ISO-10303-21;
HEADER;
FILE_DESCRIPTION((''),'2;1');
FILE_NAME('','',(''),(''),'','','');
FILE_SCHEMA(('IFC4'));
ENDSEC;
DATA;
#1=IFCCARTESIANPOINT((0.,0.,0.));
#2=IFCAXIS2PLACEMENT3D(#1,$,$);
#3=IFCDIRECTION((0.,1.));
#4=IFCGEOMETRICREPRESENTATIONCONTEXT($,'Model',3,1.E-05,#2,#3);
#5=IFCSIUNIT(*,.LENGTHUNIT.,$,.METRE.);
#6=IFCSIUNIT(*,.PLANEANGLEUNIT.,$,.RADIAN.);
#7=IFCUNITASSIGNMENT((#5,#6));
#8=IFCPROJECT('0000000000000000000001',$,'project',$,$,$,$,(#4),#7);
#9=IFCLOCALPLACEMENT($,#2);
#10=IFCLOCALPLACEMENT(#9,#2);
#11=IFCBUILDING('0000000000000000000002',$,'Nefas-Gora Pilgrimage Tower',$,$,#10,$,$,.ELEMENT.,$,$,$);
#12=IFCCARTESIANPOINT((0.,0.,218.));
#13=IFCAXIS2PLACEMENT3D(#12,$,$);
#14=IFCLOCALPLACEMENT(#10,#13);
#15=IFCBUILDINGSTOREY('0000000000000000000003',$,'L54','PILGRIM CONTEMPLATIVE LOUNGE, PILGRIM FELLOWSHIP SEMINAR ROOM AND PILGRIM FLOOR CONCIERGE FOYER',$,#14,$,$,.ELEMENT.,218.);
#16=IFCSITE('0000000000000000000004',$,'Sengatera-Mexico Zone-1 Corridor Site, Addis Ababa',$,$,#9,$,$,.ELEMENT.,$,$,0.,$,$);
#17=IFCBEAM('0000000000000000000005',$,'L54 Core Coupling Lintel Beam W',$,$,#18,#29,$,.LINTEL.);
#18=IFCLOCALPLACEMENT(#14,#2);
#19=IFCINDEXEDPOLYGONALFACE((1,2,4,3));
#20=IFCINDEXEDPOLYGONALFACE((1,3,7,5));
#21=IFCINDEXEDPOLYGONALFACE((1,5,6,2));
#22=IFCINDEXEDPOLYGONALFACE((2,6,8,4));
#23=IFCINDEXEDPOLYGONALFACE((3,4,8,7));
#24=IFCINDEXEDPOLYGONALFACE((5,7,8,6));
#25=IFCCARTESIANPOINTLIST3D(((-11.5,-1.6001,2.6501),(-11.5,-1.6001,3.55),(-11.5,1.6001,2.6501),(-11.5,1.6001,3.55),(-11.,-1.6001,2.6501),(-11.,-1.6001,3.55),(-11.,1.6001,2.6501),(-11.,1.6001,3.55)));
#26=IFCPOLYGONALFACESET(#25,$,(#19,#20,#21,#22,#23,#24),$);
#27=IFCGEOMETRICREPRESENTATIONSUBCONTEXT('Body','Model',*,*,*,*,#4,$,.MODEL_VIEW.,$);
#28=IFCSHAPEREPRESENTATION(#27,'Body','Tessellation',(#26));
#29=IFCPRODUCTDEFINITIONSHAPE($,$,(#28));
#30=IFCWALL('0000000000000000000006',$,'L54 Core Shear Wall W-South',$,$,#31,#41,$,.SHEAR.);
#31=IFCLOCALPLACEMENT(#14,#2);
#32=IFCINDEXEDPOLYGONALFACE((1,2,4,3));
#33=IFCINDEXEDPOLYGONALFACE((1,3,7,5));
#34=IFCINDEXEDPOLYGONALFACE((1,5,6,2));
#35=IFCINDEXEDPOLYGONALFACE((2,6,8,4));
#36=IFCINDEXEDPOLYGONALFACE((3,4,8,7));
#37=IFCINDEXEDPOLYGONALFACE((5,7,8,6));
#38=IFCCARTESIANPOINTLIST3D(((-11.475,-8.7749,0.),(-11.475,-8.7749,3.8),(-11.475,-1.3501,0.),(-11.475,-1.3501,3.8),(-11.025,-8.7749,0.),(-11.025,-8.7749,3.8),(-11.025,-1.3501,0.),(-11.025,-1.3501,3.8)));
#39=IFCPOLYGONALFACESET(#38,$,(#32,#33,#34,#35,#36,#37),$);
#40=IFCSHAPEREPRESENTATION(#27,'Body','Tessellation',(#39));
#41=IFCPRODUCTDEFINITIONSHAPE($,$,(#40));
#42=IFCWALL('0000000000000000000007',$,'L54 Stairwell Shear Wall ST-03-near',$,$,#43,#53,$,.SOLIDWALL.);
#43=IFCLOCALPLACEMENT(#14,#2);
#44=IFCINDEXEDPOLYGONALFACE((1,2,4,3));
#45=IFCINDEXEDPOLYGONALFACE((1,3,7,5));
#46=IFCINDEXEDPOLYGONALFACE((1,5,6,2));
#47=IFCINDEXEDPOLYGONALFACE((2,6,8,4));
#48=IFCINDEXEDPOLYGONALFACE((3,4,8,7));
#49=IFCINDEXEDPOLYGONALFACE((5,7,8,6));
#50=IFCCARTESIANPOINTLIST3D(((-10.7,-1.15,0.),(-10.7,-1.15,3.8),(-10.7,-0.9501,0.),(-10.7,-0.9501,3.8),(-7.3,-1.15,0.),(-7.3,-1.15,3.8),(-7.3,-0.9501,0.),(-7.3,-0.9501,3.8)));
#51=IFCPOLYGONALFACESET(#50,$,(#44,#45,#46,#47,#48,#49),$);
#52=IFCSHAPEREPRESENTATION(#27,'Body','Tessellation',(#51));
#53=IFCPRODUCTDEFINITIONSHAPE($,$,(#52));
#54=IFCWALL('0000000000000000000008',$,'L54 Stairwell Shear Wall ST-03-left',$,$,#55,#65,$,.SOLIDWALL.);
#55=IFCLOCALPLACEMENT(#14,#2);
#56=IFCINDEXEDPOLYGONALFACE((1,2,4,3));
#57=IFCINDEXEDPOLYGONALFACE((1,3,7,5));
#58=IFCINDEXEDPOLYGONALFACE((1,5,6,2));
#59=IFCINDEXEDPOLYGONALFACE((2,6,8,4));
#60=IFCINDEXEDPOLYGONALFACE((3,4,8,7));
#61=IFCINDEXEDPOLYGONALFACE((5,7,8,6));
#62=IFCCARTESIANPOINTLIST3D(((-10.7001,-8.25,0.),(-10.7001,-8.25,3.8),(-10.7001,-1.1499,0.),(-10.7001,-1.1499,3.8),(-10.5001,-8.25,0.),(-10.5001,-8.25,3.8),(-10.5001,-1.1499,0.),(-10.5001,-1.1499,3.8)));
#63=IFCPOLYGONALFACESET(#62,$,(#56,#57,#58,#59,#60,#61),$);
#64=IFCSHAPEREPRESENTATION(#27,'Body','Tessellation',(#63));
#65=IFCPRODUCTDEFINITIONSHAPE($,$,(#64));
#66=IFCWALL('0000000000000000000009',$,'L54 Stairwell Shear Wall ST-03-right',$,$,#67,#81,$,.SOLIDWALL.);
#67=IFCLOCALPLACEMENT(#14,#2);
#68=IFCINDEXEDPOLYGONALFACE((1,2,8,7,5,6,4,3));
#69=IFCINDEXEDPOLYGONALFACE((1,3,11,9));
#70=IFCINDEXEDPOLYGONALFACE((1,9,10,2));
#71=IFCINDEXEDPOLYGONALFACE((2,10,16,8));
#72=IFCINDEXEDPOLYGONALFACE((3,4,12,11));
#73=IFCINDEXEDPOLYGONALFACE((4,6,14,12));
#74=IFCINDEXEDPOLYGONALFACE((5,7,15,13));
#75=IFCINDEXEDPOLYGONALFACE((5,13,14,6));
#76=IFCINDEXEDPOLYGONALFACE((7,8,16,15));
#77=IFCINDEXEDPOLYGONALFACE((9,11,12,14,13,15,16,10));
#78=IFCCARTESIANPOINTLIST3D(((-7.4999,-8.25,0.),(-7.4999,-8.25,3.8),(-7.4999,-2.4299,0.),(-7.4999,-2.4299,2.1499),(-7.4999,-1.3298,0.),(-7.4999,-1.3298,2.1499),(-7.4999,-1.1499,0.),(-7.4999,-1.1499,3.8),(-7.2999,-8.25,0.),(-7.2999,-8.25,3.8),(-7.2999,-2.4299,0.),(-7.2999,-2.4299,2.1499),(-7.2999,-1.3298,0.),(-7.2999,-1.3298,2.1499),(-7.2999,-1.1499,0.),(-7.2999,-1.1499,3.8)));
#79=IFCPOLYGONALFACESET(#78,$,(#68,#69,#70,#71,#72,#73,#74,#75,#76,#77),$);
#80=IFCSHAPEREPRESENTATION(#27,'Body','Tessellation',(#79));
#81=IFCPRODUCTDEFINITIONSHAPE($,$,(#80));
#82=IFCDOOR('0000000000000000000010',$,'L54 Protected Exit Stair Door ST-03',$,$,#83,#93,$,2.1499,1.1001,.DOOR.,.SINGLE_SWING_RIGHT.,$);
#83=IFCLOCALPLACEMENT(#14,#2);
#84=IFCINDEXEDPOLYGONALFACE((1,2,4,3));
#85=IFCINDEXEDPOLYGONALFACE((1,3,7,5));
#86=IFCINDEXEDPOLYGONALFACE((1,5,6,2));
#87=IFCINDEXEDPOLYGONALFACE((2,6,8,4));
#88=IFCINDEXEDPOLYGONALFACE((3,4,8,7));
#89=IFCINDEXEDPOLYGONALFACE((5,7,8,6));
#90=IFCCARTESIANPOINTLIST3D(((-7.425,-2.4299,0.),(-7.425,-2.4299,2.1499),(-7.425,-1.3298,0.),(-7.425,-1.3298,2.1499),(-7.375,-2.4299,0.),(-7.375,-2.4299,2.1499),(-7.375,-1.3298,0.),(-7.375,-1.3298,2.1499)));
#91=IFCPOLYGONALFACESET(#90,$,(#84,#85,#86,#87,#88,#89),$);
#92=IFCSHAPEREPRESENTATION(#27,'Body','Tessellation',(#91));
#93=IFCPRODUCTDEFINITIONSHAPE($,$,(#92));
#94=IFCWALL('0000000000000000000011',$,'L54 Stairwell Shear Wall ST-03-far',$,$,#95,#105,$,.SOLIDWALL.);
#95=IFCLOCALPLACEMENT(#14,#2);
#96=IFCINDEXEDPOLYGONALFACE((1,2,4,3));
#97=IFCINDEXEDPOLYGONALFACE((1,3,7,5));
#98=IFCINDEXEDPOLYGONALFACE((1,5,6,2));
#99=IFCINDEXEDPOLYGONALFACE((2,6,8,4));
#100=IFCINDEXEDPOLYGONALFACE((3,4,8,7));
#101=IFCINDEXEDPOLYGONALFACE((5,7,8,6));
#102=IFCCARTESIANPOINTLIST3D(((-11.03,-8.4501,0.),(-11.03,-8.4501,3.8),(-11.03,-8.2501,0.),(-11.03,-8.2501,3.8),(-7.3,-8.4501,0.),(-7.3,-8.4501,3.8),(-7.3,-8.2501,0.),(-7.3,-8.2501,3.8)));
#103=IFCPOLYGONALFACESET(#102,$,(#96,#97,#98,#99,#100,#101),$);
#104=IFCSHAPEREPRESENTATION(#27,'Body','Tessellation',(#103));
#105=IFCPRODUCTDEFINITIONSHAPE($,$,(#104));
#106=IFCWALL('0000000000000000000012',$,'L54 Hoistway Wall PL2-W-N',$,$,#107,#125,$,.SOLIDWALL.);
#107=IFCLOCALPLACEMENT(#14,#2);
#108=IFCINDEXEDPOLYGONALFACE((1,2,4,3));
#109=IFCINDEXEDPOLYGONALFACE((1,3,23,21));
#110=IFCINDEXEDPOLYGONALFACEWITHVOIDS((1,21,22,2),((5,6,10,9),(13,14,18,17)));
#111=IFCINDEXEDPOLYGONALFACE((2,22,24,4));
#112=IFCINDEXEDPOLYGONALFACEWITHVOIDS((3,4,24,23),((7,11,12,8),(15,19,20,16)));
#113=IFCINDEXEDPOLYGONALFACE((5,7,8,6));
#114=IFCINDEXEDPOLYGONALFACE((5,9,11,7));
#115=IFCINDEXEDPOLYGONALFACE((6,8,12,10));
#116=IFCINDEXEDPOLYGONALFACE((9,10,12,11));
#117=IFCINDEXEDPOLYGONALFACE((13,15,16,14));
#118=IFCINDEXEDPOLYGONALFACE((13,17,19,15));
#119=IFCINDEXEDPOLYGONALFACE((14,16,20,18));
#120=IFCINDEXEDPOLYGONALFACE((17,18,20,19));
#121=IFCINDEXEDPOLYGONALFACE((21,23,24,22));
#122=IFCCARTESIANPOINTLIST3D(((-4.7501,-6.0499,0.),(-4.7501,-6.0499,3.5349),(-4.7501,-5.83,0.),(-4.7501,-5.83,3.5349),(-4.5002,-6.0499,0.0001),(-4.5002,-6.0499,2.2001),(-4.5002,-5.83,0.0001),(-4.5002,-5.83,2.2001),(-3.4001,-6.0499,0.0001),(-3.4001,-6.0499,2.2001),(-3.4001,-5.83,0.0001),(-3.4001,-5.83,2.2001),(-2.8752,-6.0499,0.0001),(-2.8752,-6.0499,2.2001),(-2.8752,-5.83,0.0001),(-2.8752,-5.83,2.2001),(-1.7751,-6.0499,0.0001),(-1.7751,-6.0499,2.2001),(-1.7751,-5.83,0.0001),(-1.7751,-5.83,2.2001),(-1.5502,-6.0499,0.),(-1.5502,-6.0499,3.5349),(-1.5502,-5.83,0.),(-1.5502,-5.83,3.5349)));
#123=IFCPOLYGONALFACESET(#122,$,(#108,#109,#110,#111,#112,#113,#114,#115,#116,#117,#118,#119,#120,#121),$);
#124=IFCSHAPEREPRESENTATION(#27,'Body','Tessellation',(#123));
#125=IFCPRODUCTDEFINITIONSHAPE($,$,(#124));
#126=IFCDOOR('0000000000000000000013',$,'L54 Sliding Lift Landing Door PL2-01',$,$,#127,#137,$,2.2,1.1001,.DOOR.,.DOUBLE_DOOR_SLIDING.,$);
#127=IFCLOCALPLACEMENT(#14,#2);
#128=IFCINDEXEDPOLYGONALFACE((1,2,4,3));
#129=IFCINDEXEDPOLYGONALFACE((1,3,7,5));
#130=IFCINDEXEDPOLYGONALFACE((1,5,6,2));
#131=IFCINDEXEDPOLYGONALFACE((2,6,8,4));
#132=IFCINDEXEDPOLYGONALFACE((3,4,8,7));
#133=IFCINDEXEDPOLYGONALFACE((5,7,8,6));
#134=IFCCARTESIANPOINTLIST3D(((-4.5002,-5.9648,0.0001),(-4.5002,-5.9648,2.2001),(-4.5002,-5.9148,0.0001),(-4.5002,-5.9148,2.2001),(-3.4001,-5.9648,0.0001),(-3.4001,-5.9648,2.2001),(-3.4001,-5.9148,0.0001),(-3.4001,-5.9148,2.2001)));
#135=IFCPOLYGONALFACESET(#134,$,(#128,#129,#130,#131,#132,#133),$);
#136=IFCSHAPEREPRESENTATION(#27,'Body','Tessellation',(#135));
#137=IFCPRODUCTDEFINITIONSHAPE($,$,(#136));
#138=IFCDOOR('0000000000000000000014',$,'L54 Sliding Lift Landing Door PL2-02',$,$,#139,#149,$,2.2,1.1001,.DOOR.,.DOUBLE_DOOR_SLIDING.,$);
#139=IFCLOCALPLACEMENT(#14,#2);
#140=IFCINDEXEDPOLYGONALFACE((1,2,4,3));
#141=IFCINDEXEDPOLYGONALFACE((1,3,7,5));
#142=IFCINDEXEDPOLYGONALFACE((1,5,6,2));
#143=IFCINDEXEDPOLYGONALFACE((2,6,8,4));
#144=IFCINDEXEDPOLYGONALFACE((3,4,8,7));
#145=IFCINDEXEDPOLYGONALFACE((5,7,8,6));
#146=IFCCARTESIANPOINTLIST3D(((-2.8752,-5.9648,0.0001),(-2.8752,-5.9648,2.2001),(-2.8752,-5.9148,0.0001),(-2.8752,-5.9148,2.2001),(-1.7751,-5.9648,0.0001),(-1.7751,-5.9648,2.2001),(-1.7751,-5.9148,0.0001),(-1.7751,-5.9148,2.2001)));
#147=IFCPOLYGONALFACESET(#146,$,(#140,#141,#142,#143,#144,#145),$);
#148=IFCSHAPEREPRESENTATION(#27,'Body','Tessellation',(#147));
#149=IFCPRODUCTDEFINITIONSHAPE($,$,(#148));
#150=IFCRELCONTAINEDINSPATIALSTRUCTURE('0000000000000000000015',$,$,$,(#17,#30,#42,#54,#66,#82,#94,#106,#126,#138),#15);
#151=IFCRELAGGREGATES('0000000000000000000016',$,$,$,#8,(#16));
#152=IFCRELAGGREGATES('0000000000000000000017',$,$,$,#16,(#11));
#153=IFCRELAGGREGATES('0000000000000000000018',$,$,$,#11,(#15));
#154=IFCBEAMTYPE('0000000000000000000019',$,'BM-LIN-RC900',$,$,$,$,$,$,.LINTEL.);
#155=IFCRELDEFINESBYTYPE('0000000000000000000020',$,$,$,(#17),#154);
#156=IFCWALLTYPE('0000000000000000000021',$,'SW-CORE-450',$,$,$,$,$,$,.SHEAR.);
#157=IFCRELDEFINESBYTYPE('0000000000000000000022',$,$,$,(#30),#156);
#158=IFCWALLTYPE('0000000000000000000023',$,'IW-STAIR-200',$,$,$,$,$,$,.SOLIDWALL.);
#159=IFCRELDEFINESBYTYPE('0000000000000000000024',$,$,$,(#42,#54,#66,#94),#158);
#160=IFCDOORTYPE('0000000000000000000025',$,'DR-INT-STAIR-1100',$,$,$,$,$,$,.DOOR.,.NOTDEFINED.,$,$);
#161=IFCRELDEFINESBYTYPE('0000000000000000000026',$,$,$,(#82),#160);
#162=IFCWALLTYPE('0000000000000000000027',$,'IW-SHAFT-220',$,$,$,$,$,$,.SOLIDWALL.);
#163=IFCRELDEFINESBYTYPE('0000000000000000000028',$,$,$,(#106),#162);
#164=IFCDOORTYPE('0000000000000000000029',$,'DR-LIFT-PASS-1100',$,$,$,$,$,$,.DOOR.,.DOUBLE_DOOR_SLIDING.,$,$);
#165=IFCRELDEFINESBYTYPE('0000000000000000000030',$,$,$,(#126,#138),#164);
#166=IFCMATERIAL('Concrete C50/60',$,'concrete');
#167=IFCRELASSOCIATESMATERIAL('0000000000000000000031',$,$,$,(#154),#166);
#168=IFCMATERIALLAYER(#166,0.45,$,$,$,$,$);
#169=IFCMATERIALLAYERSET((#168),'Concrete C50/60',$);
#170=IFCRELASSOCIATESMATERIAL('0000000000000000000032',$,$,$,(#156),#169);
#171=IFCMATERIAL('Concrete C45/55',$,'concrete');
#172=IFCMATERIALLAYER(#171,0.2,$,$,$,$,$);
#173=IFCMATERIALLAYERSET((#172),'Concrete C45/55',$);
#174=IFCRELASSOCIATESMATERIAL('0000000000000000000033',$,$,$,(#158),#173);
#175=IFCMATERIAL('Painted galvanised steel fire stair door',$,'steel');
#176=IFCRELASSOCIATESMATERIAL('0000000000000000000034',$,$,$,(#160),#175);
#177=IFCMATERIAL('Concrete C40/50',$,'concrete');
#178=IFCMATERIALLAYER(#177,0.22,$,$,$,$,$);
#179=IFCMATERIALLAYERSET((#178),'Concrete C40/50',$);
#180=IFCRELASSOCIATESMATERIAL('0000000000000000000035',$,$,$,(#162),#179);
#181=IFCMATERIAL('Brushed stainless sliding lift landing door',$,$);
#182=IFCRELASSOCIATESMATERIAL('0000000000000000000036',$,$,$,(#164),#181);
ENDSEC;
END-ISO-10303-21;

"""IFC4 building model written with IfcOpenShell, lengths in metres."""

from ifc_helpers import new_model, si_unit, direction, frame, frame_2d, origin, origin_2d, place, context, subcontext, project, spatial, rectangle, extrude, source, transform, mapped, material, layer, layer_set, material_profile, profile_set, type_object, element, fill, save


model = new_model("IFC4")

# Units and contexts
model_context = context("Model", 3, precision=1e-05, world=origin(), true_north=direction((0.0, 1.0)))
body_context = subcontext(model_context, "Body", "Model", "MODEL_VIEW")
ifc_project = project(units=[si_unit("LENGTHUNIT", "METRE"), si_unit("PLANEANGLEUNIT", "RADIAN")], contexts=[model_context])

# Site, building, storey
site_placement = place(None, origin())
site = spatial("IfcSite", under=ifc_project, at=site_placement, Name="Sengatera-Mexico Zone-1 Corridor Site, Addis Ababa", CompositionType="ELEMENT", RefElevation=0.0)
building_placement = place(site_placement, origin())
building = spatial("IfcBuilding", under=site, at=building_placement, Name="Nefas-Gora Pilgrimage Tower", CompositionType="ELEMENT")
storey_placement = place(building_placement, frame((0.0, 0.0, 218.0)))
storey = spatial("IfcBuildingStorey", under=building, at=storey_placement, Name="L54", Description="PILGRIM CONTEMPLATIVE LOUNGE, PILGRIM FELLOWSHIP SEMINAR ROOM AND PILGRIM FLOOR CONCIERGE FOYER", CompositionType="ELEMENT", Elevation=218.0)

# Beam
ifc_material_1 = material(Name="Concrete C50/60", Category="concrete")
ifc_material_profile = material_profile(ifc_material_1, rectangle(XDim=0.5, YDim=0.8999, at=origin_2d()), Name="RC 500x900")
ifc_profile_set = profile_set([ifc_material_profile], Name="Concrete C50/60")
beam_type = type_object("IfcBeamType", Name="BM-LIN-RC900", PredefinedType="LINTEL", material=ifc_profile_set)
shared_shape_1 = source(origin(), body_context, "Body", "SweptSolid", [
    extrude(rectangle(XDim=0.5, YDim=0.8999, at=origin_2d()), origin(), (0.0, 0.0, 1.0), 3.2002),
])
beam_placement = place(storey_placement, frame((-11.25, -1.6001, 3.1001), z_axis=(0.0, 1.0, 0.0), x_axis=(-1.0, 0.0, 0.0)))
element("IfcBeam", 1, at=beam_placement, inside=storey, type_object=beam_type, Name="L54 Core Coupling Lintel Beam W", PredefinedType="LINTEL", context=body_context, shape_type="MappedRepresentation", body=[
    mapped(shared_shape_1, transform((0.0, 0.0, 0.0), x_axis=(1.0, 0.0, 0.0), y_axis=(0.0, 1.0, 0.0), z_axis=(0.0, 0.0, 1.0), scale=1.0)),
])

# Walls
ifc_layer_1 = layer(ifc_material_1, 0.45)
ifc_layer_set_1 = layer_set([ifc_layer_1], Name="Concrete C50/60")
wall_type_1 = type_object("IfcWallType", Name="SW-CORE-450", PredefinedType="SHEAR", material=ifc_layer_set_1)
shared_shape_2 = source(origin(), body_context, "Body", "SweptSolid", [
    extrude(rectangle(XDim=7.4248, YDim=0.45, at=frame_2d((3.7124, 0.0))), origin(), (0.0, 0.0, 1.0), 3.8),
])
wall_1_placement = place(storey_placement, frame((-11.25, -8.7749, 0.0), z_axis=(0.0, 0.0, 1.0), x_axis=(0.0, 1.0, 0.0)))
element("IfcWall", 2, at=wall_1_placement, inside=storey, type_object=wall_type_1, Name="L54 Core Shear Wall W-South", PredefinedType="SHEAR", context=body_context, shape_type="MappedRepresentation", body=[
    mapped(shared_shape_2, transform((0.0, 0.0, 0.0), x_axis=(1.0, 0.0, 0.0), y_axis=(0.0, 1.0, 0.0), z_axis=(0.0, 0.0, 1.0), scale=1.0)),
])
ifc_material_2 = material(Name="Concrete C45/55", Category="concrete")
ifc_layer_2 = layer(ifc_material_2, 0.2)
ifc_layer_set_2 = layer_set([ifc_layer_2], Name="Concrete C45/55")
wall_type_2 = type_object("IfcWallType", Name="IW-STAIR-200", PredefinedType="SOLIDWALL", material=ifc_layer_set_2)
shared_shape_3 = source(origin(), body_context, "Body", "SweptSolid", [
    extrude(rectangle(XDim=3.3999, YDim=0.2, at=frame_2d((1.7, 0.0))), origin(), (0.0, 0.0, 1.0), 3.8),
])
wall_2_placement = place(storey_placement, frame((-10.7, -1.05, 0.0), z_axis=(0.0, 0.0, 1.0), x_axis=(1.0, 0.0, 0.0)))
element("IfcWall", 3, at=wall_2_placement, inside=storey, type_object=wall_type_2, Name="L54 Stairwell Shear Wall ST-03-near", PredefinedType="SOLIDWALL", context=body_context, shape_type="MappedRepresentation", body=[
    mapped(shared_shape_3, transform((0.0, 0.0, 0.0), x_axis=(1.0, 0.0, 0.0), y_axis=(0.0, 1.0, 0.0), z_axis=(0.0, 0.0, 1.0), scale=1.0)),
])
shared_shape_4 = source(origin(), body_context, "Body", "SweptSolid", [
    extrude(rectangle(XDim=7.1001, YDim=0.2, at=frame_2d((3.55, 0.0))), origin(), (0.0, 0.0, 1.0), 3.8),
])
wall_3_placement = place(storey_placement, frame((-10.6001, -1.1499, 0.0), z_axis=(0.0, 0.0, 1.0), x_axis=(0.0, -1.0, 0.0)))
element("IfcWall", 4, at=wall_3_placement, inside=storey, type_object=wall_type_2, Name="L54 Stairwell Shear Wall ST-03-left", PredefinedType="SOLIDWALL", context=body_context, shape_type="MappedRepresentation", body=[
    mapped(shared_shape_4, transform((0.0, 0.0, 0.0), x_axis=(1.0, 0.0, 0.0), y_axis=(0.0, 1.0, 0.0), z_axis=(0.0, 0.0, 1.0), scale=1.0)),
])

# Wall, opening, door
wall_4_placement = place(storey_placement, frame((-7.3999, -1.1499, 0.0), z_axis=(0.0, 0.0, 1.0), x_axis=(0.0, -1.0, 0.0)))
wall_4 = element("IfcWall", 5, at=wall_4_placement, inside=storey, type_object=wall_type_2, Name="L54 Stairwell Shear Wall ST-03-right", PredefinedType="SOLIDWALL", context=body_context, shape_type="MappedRepresentation", body=[
    mapped(shared_shape_4, transform((0.0, 0.0, 0.0), x_axis=(1.0, 0.0, 0.0), y_axis=(0.0, 1.0, 0.0), z_axis=(0.0, 0.0, 1.0), scale=1.0)),
])
opening_1_placement = place(wall_4_placement, frame((0.1799, 0.0, 0.0)))
opening_1 = element("IfcOpeningElement", 6, at=opening_1_placement, cuts=wall_4, PredefinedType="OPENING", context=body_context, shape_type="SweptSolid", body=[
    extrude(rectangle(XDim=1.1001, YDim=2.1499, at=frame_2d((0.55, 1.075))), frame((0.0, 0.1099, 0.0), z_axis=(0.0, -1.0, 0.0), x_axis=(1.0, 0.0, 0.0)), (0.0, 0.0, 1.0), 0.22),
])
ifc_material_3 = material(Name="Painted galvanised steel fire stair door", Category="steel")
door_type_1 = type_object("IfcDoorType", Name="DR-INT-STAIR-1100", OperationType="NOTDEFINED", PredefinedType="DOOR", material=ifc_material_3)
shared_shape_5 = source(origin(), body_context, "Body", "SweptSolid", [
    extrude(rectangle(XDim=1.1001, YDim=2.1499, at=frame_2d((0.55, 1.075))), frame((0.0, 0.0249, 0.0), z_axis=(0.0, -1.0, 0.0), x_axis=(1.0, 0.0, 0.0)), (0.0, 0.0, 1.0), 0.05),
])
door_1_placement = place(opening_1_placement, origin())
door_1 = element("IfcDoor", 7, at=door_1_placement, inside=storey, type_object=door_type_1, Name="L54 Protected Exit Stair Door ST-03", OperationType="SINGLE_SWING_RIGHT", OverallHeight=2.1499, OverallWidth=1.1001, PredefinedType="DOOR", context=body_context, shape_type="MappedRepresentation", body=[
    mapped(shared_shape_5, transform((0.0, 0.0, 0.0), x_axis=(1.0, 0.0, 0.0), y_axis=(0.0, 1.0, 0.0), z_axis=(0.0, 0.0, 1.0), scale=1.0)),
])
fill(opening_1, door_1)

# Wall
shared_shape_6 = source(origin(), body_context, "Body", "SweptSolid", [
    extrude(rectangle(XDim=3.73, YDim=0.2, at=frame_2d((1.865, 0.0))), origin(), (0.0, 0.0, 1.0), 3.8),
])
wall_5_placement = place(storey_placement, frame((-11.03, -8.3501, 0.0), z_axis=(0.0, 0.0, 1.0), x_axis=(1.0, 0.0, 0.0)))
element("IfcWall", 8, at=wall_5_placement, inside=storey, type_object=wall_type_2, Name="L54 Stairwell Shear Wall ST-03-far", PredefinedType="SOLIDWALL", context=body_context, shape_type="MappedRepresentation", body=[
    mapped(shared_shape_6, transform((0.0, 0.0, 0.0), x_axis=(1.0, 0.0, 0.0), y_axis=(0.0, 1.0, 0.0), z_axis=(0.0, 0.0, 1.0), scale=1.0)),
])

# Wall, openings, doors
ifc_material_4 = material(Name="Concrete C40/50", Category="concrete")
ifc_layer_3 = layer(ifc_material_4, 0.22)
ifc_layer_set_3 = layer_set([ifc_layer_3], Name="Concrete C40/50")
wall_type_3 = type_object("IfcWallType", Name="IW-SHAFT-220", PredefinedType="SOLIDWALL", material=ifc_layer_set_3)
shared_shape_7 = source(origin(), body_context, "Body", "SweptSolid", [
    extrude(rectangle(XDim=3.2, YDim=0.22, at=frame_2d((1.6001, 0.0))), origin(), (0.0, 0.0, 1.0), 3.5349),
])
wall_6_placement = place(storey_placement, frame((-1.55, -5.9399, 0.0), z_axis=(0.0, 0.0, 1.0), x_axis=(-1.0, 0.0, 0.0)))
wall_6 = element("IfcWall", 9, at=wall_6_placement, inside=storey, type_object=wall_type_3, Name="L54 Hoistway Wall PL2-W-N", PredefinedType="SOLIDWALL", context=body_context, shape_type="MappedRepresentation", body=[
    mapped(shared_shape_7, transform((0.0, 0.0, 0.0), x_axis=(1.0, 0.0, 0.0), y_axis=(0.0, 1.0, 0.0), z_axis=(0.0, 0.0, 1.0), scale=1.0)),
])
opening_2_placement = place(wall_6_placement, frame((1.8501, 0.0, 0.0)))
opening_2 = element("IfcOpeningElement", 10, at=opening_2_placement, cuts=wall_6, PredefinedType="OPENING", context=body_context, shape_type="SweptSolid", body=[
    extrude(rectangle(XDim=1.1001, YDim=2.2, at=frame_2d((0.55, 1.1001))), frame((0.0, 0.1199, 0.0), z_axis=(0.0, -1.0, 0.0), x_axis=(1.0, 0.0, 0.0)), (0.0, 0.0, 1.0), 0.24),
])
opening_3_placement = place(wall_6_placement, frame((0.2251, 0.0, 0.0)))
opening_3 = element("IfcOpeningElement", 11, at=opening_3_placement, cuts=wall_6, PredefinedType="OPENING", context=body_context, shape_type="SweptSolid", body=[
    extrude(rectangle(XDim=1.1001, YDim=2.2, at=frame_2d((0.55, 1.1001))), frame((0.0, 0.1199, 0.0), z_axis=(0.0, -1.0, 0.0), x_axis=(1.0, 0.0, 0.0)), (0.0, 0.0, 1.0), 0.24),
])
ifc_material_5 = material(Name="Brushed stainless sliding lift landing door")
door_type_2 = type_object("IfcDoorType", Name="DR-LIFT-PASS-1100", OperationType="DOUBLE_DOOR_SLIDING", PredefinedType="DOOR", material=ifc_material_5)
shared_shape_8 = source(origin(), body_context, "Body", "SweptSolid", [
    extrude(rectangle(XDim=1.1001, YDim=2.2, at=frame_2d((0.55, 1.1001))), frame((0.0, 0.0249, 0.0), z_axis=(0.0, -1.0, 0.0), x_axis=(1.0, 0.0, 0.0)), (0.0, 0.0, 1.0), 0.05),
])
door_2_placement = place(opening_2_placement, origin())
door_2 = element("IfcDoor", 12, at=door_2_placement, inside=storey, type_object=door_type_2, Name="L54 Sliding Lift Landing Door PL2-01", OperationType="DOUBLE_DOOR_SLIDING", OverallHeight=2.2, OverallWidth=1.1001, PredefinedType="DOOR", context=body_context, shape_type="MappedRepresentation", body=[
    mapped(shared_shape_8, transform((0.0, 0.0, 0.0), x_axis=(1.0, 0.0, 0.0), y_axis=(0.0, 1.0, 0.0), z_axis=(0.0, 0.0, 1.0), scale=1.0)),
])
fill(opening_2, door_2)
door_3_placement = place(opening_3_placement, origin())
door_3 = element("IfcDoor", 13, at=door_3_placement, inside=storey, type_object=door_type_2, Name="L54 Sliding Lift Landing Door PL2-02", OperationType="DOUBLE_DOOR_SLIDING", OverallHeight=2.2, OverallWidth=1.1001, PredefinedType="DOOR", context=body_context, shape_type="MappedRepresentation", body=[
    mapped(shared_shape_8, transform((0.0, 0.0, 0.0), x_axis=(1.0, 0.0, 0.0), y_axis=(0.0, 1.0, 0.0), z_axis=(0.0, 0.0, 1.0), scale=1.0)),
])
fill(opening_3, door_3)

save(model, "model.ifc")
